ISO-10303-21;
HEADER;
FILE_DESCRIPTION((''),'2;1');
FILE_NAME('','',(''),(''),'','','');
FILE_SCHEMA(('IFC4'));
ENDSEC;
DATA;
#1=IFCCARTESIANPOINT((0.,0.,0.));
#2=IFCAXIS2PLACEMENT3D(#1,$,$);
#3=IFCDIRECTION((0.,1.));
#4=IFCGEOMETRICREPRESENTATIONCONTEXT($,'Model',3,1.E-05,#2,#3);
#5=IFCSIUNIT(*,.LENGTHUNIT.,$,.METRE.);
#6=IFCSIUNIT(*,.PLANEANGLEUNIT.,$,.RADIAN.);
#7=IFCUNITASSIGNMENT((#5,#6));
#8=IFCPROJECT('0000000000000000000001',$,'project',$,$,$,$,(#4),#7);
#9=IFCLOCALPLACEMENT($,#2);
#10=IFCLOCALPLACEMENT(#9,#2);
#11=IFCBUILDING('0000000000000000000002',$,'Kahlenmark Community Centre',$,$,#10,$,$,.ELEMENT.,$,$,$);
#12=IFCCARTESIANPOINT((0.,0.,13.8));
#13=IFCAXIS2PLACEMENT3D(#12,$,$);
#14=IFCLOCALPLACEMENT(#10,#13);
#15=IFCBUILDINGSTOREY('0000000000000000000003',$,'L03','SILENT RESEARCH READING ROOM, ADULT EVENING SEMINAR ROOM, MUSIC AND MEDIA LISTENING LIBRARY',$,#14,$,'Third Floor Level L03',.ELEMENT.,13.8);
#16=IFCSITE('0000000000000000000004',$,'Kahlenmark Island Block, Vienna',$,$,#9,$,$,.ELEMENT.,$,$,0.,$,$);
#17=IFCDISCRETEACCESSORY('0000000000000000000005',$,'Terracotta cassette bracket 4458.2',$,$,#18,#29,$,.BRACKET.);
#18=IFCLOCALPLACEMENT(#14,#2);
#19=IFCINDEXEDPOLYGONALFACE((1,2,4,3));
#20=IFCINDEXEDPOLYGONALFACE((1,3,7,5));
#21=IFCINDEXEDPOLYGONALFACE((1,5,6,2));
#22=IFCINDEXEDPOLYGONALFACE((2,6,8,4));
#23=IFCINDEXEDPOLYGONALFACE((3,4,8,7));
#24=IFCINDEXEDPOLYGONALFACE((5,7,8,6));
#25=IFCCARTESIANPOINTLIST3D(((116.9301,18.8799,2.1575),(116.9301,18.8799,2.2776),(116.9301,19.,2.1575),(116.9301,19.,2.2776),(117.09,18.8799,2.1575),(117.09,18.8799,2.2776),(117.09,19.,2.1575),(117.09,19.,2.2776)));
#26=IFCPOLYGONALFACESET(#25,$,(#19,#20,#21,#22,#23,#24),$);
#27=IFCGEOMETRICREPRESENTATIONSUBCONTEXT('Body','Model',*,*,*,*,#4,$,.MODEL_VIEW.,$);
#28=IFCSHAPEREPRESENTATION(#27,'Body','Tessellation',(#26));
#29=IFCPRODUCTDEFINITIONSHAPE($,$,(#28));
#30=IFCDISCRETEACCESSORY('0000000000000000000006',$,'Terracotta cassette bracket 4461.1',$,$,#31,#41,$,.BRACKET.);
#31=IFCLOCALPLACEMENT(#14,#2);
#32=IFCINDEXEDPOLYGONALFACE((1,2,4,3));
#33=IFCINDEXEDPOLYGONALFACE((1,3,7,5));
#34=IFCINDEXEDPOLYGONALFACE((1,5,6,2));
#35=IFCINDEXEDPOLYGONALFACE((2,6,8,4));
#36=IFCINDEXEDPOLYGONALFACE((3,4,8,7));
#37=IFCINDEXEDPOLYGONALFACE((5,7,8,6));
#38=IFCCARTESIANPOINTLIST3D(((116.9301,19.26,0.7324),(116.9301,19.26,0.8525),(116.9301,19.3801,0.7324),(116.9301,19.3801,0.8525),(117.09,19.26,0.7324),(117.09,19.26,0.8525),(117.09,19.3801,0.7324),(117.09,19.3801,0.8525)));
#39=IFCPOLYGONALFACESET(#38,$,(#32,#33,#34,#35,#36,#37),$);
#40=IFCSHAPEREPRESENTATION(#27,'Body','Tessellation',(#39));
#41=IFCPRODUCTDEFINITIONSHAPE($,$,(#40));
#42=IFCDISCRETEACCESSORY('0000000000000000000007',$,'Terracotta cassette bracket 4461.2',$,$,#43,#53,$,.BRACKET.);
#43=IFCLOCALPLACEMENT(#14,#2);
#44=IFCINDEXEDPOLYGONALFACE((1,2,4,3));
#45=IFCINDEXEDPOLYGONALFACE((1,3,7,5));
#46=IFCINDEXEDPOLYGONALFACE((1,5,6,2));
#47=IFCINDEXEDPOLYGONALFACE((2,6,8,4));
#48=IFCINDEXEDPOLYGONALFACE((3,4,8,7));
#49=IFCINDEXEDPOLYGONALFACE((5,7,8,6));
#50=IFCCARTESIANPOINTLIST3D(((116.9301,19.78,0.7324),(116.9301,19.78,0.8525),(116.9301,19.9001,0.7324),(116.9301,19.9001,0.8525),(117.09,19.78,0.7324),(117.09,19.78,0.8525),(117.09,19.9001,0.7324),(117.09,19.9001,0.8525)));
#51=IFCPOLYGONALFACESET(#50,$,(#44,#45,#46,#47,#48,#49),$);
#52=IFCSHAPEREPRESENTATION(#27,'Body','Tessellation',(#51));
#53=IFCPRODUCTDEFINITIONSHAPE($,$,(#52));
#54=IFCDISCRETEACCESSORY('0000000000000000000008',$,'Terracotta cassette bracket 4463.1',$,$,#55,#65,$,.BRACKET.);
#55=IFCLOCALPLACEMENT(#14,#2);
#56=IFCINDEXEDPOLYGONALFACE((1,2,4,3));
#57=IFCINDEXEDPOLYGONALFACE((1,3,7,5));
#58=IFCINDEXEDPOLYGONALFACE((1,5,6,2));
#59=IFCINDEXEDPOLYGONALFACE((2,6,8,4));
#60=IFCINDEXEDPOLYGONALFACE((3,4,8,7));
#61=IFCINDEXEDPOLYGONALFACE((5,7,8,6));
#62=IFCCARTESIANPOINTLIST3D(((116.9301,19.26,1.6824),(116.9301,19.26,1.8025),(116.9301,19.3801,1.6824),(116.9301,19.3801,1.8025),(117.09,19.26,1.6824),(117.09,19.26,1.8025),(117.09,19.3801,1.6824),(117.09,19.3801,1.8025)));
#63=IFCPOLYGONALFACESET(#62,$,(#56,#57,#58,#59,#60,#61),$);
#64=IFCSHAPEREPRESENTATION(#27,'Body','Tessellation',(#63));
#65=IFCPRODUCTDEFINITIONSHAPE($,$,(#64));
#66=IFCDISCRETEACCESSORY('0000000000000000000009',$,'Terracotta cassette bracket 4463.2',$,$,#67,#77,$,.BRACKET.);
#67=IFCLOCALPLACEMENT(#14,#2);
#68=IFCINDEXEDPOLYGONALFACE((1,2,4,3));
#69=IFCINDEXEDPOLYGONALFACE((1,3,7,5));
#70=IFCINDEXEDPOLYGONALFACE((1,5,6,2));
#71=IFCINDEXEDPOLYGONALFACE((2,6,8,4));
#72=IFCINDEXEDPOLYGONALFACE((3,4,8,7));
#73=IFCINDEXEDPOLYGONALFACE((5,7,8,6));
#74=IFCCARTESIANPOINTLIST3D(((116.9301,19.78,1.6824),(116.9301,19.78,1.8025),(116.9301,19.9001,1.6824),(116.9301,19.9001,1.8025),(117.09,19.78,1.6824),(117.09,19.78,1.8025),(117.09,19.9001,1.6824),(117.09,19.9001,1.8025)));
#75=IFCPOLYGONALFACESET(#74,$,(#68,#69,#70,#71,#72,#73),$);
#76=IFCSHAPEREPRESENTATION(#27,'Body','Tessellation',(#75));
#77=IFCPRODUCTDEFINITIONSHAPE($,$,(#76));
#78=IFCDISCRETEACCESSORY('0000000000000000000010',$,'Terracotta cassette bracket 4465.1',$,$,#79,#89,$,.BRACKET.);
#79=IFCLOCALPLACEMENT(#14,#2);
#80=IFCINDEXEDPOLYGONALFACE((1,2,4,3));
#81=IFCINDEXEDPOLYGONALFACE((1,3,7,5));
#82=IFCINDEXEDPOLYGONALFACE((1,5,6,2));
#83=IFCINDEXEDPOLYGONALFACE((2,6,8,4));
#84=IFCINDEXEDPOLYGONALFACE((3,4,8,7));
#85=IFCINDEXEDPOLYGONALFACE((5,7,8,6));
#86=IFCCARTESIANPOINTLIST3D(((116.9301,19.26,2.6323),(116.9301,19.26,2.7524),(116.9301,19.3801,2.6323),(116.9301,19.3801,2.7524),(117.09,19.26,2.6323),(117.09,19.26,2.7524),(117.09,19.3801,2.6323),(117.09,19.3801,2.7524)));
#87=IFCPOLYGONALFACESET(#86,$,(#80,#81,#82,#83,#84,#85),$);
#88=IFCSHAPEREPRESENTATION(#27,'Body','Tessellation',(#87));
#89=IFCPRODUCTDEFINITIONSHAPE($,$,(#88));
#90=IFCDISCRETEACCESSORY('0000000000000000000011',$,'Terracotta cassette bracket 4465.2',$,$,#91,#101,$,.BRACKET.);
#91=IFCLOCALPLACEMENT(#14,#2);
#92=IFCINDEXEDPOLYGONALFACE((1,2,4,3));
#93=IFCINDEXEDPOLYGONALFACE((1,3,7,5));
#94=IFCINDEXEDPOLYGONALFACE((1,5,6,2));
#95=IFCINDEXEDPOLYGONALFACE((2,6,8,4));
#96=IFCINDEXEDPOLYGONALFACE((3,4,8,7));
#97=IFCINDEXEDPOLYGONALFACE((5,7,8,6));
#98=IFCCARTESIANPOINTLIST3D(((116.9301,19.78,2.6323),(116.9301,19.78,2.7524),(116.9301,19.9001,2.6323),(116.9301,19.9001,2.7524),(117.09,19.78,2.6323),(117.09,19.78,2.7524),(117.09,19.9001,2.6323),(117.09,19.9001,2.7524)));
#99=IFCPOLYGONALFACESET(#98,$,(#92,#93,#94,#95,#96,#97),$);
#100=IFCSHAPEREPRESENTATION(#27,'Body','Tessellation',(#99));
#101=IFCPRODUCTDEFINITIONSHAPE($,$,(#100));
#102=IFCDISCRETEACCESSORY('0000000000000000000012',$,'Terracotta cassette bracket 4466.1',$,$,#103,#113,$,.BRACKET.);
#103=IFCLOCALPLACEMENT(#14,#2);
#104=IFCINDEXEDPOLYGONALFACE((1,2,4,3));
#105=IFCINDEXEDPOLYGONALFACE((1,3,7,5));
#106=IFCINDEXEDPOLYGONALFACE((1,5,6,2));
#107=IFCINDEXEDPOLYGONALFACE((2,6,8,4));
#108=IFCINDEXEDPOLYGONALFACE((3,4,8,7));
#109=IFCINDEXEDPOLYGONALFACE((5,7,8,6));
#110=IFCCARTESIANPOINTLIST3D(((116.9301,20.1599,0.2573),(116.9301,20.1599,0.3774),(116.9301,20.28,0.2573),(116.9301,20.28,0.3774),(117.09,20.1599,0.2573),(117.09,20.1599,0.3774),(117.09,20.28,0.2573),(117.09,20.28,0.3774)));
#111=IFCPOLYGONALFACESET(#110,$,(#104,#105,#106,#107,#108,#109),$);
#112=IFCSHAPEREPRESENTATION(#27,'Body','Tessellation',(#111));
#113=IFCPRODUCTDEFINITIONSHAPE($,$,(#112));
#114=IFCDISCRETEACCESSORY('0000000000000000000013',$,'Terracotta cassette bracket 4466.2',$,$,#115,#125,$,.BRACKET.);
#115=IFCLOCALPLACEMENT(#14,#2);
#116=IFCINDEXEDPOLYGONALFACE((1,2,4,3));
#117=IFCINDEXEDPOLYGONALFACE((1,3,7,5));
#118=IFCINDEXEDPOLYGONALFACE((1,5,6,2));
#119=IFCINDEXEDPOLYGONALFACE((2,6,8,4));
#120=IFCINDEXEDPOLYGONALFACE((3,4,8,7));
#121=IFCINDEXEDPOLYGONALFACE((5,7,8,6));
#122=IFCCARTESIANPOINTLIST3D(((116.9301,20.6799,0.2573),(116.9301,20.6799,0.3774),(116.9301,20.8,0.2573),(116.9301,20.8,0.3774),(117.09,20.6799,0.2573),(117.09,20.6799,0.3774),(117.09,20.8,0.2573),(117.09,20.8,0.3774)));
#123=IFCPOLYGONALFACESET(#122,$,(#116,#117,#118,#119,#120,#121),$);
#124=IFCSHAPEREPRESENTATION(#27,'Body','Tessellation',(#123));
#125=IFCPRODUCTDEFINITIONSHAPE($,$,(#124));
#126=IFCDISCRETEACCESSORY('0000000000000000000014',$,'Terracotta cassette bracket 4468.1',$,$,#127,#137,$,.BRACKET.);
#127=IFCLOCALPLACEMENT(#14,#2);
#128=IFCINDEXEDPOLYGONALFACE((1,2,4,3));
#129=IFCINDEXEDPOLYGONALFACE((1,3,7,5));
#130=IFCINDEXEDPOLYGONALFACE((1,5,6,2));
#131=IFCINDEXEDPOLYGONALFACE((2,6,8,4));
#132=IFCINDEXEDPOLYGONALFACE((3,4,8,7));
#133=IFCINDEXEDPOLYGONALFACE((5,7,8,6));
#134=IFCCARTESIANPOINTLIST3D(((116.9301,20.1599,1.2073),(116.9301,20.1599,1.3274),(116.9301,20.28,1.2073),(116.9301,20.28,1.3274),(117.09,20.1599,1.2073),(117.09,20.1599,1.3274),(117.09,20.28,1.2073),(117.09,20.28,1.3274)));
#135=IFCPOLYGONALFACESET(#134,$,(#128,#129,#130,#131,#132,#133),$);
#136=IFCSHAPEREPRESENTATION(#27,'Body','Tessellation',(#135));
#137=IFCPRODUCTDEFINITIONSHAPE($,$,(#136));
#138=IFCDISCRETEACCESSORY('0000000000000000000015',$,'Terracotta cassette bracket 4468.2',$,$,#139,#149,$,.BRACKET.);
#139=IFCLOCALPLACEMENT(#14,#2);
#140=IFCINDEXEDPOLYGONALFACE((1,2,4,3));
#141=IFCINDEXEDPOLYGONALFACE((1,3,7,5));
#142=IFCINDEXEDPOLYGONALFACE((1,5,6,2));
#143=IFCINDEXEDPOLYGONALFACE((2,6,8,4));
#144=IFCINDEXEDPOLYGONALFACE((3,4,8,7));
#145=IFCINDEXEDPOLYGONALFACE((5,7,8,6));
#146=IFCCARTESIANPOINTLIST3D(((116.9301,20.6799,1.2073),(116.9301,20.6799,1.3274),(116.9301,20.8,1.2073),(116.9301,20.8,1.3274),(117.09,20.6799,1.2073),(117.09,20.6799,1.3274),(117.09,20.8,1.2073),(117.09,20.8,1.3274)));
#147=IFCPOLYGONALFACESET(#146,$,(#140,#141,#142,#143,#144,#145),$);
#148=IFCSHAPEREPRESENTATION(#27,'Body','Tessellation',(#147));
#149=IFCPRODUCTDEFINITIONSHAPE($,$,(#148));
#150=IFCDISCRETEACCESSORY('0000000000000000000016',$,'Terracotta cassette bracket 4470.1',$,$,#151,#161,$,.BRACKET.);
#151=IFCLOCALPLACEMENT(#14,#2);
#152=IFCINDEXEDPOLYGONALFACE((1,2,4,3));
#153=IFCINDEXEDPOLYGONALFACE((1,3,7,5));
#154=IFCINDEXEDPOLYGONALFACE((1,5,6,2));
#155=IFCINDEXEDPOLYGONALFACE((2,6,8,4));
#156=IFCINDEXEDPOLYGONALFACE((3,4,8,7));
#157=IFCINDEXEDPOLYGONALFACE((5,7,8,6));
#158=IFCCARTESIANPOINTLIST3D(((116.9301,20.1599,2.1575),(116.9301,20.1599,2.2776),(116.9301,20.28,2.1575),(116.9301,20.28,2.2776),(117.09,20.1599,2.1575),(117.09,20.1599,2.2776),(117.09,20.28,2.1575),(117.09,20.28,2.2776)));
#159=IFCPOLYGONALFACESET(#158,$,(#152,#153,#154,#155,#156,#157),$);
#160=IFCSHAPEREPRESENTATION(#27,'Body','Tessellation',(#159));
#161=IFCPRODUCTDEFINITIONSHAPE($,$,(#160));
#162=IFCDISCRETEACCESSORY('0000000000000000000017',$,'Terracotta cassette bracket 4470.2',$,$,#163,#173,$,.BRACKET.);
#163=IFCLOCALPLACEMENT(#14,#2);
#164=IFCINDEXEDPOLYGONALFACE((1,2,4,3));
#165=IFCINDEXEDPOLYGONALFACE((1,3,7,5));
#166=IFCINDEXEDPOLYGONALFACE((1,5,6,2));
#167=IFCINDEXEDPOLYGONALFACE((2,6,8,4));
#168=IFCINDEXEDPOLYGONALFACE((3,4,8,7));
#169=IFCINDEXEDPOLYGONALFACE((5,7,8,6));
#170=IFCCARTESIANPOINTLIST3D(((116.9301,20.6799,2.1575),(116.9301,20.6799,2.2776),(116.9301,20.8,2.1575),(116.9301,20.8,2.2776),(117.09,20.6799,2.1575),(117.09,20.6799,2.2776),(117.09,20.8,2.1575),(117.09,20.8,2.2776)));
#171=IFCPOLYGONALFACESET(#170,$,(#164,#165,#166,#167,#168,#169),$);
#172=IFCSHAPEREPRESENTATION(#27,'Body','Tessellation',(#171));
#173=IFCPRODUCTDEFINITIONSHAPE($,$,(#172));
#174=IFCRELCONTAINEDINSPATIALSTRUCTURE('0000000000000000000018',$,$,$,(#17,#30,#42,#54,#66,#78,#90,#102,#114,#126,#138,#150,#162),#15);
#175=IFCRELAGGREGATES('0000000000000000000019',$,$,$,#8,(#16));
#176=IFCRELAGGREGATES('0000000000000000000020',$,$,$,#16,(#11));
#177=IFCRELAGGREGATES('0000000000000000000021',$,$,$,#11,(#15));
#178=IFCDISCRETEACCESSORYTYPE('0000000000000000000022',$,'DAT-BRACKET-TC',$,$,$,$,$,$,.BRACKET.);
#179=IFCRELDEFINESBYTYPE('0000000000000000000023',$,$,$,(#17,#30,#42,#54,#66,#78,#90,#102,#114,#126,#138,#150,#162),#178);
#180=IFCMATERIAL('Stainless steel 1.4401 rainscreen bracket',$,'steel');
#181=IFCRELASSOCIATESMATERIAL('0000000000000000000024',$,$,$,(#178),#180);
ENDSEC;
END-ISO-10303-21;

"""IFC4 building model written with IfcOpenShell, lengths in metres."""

from ifc_helpers import new_model, si_unit, direction, frame, origin, origin_2d, place, context, subcontext, project, spatial, rectangle, extrude, material, type_object, element, save


model = new_model("IFC4")

# Units and contexts
model_context = context("Model", 3, precision=1e-05, world=origin(), true_north=direction((0.0, 1.0)))
body_context = subcontext(model_context, "Body", "Model", "MODEL_VIEW")
ifc_project = project(units=[si_unit("LENGTHUNIT", "METRE"), si_unit("PLANEANGLEUNIT", "RADIAN")], contexts=[model_context])

# Site, building, storey
site_placement = place(None, origin())
site = spatial("IfcSite", under=ifc_project, at=site_placement, Name="Kahlenmark Island Block, Vienna", CompositionType="ELEMENT", RefElevation=0.0)
building_placement = place(site_placement, origin())
building = spatial("IfcBuilding", under=site, at=building_placement, Name="Kahlenmark Community Centre", CompositionType="ELEMENT")
storey_placement = place(building_placement, frame((0.0, 0.0, 13.8)))
storey = spatial("IfcBuildingStorey", under=building, at=storey_placement, Name="L03", Description="SILENT RESEARCH READING ROOM, ADULT EVENING SEMINAR ROOM, MUSIC AND MEDIA LISTENING LIBRARY", LongName="Third Floor Level L03", CompositionType="ELEMENT", Elevation=13.8)

# Discrete accessories
ifc_material_1 = material(Name="Stainless steel 1.4401 rainscreen bracket", Category="steel")
discrete_accessory_type = type_object("IfcDiscreteAccessoryType", Name="DAT-BRACKET-TC", PredefinedType="BRACKET", material=ifc_material_1)
for number, where, z_axis, x_axis, name in (
    (1, (117.01, 18.9399, 2.1575), (0.0, 0.0, 1.0), (0.0, 1.0, 0.0), "Terracotta cassette bracket 4458.2"),
    (2, (117.01, 19.3201, 0.7324), (0.0, 0.0, 1.0), (0.0, 1.0, 0.0), "Terracotta cassette bracket 4461.1"),
    (3, (117.01, 19.8401, 0.7324), (0.0, 0.0, 1.0), (0.0, 1.0, 0.0), "Terracotta cassette bracket 4461.2"),
    (4, (117.01, 19.3201, 1.6824), (0.0, 0.0, 1.0), (0.0, 1.0, 0.0), "Terracotta cassette bracket 4463.1"),
    (5, (117.01, 19.8401, 1.6824), (0.0, 0.0, 1.0), (0.0, 1.0, 0.0), "Terracotta cassette bracket 4463.2"),
    (6, (117.01, 19.3201, 2.6323), (0.0, 0.0, 1.0), (0.0, 1.0, 0.0), "Terracotta cassette bracket 4465.1"),
    (7, (117.01, 19.8401, 2.6323), (0.0, 0.0, 1.0), (0.0, 1.0, 0.0), "Terracotta cassette bracket 4465.2"),
    (8, (117.01, 20.22, 0.2573), (0.0, 0.0, 1.0), (0.0, 1.0, 0.0), "Terracotta cassette bracket 4466.1"),
    (9, (117.01, 20.74, 0.2573), (0.0, 0.0, 1.0), (0.0, 1.0, 0.0), "Terracotta cassette bracket 4466.2"),
    (10, (117.01, 20.22, 1.2073), (0.0, 0.0, 1.0), (0.0, 1.0, 0.0), "Terracotta cassette bracket 4468.1"),
    (11, (117.01, 20.74, 1.2073), (0.0, 0.0, 1.0), (0.0, 1.0, 0.0), "Terracotta cassette bracket 4468.2"),
    (12, (117.01, 20.22, 2.1575), (0.0, 0.0, 1.0), (0.0, 1.0, 0.0), "Terracotta cassette bracket 4470.1"),
    (13, (117.01, 20.74, 2.1575), (0.0, 0.0, 1.0), (0.0, 1.0, 0.0), "Terracotta cassette bracket 4470.2"),
):
    element("IfcDiscreteAccessory", number, at=place(storey_placement, frame(where, z_axis=z_axis, x_axis=x_axis)), inside=storey, type_object=discrete_accessory_type, Name=name, PredefinedType="BRACKET", context=body_context, shape_type="SweptSolid", body=[
        extrude(rectangle(XDim=0.1201, YDim=0.1599, at=origin_2d()), origin(), (0.0, 0.0, 1.0), 0.1201),
    ])

save(model, "model.ifc")
